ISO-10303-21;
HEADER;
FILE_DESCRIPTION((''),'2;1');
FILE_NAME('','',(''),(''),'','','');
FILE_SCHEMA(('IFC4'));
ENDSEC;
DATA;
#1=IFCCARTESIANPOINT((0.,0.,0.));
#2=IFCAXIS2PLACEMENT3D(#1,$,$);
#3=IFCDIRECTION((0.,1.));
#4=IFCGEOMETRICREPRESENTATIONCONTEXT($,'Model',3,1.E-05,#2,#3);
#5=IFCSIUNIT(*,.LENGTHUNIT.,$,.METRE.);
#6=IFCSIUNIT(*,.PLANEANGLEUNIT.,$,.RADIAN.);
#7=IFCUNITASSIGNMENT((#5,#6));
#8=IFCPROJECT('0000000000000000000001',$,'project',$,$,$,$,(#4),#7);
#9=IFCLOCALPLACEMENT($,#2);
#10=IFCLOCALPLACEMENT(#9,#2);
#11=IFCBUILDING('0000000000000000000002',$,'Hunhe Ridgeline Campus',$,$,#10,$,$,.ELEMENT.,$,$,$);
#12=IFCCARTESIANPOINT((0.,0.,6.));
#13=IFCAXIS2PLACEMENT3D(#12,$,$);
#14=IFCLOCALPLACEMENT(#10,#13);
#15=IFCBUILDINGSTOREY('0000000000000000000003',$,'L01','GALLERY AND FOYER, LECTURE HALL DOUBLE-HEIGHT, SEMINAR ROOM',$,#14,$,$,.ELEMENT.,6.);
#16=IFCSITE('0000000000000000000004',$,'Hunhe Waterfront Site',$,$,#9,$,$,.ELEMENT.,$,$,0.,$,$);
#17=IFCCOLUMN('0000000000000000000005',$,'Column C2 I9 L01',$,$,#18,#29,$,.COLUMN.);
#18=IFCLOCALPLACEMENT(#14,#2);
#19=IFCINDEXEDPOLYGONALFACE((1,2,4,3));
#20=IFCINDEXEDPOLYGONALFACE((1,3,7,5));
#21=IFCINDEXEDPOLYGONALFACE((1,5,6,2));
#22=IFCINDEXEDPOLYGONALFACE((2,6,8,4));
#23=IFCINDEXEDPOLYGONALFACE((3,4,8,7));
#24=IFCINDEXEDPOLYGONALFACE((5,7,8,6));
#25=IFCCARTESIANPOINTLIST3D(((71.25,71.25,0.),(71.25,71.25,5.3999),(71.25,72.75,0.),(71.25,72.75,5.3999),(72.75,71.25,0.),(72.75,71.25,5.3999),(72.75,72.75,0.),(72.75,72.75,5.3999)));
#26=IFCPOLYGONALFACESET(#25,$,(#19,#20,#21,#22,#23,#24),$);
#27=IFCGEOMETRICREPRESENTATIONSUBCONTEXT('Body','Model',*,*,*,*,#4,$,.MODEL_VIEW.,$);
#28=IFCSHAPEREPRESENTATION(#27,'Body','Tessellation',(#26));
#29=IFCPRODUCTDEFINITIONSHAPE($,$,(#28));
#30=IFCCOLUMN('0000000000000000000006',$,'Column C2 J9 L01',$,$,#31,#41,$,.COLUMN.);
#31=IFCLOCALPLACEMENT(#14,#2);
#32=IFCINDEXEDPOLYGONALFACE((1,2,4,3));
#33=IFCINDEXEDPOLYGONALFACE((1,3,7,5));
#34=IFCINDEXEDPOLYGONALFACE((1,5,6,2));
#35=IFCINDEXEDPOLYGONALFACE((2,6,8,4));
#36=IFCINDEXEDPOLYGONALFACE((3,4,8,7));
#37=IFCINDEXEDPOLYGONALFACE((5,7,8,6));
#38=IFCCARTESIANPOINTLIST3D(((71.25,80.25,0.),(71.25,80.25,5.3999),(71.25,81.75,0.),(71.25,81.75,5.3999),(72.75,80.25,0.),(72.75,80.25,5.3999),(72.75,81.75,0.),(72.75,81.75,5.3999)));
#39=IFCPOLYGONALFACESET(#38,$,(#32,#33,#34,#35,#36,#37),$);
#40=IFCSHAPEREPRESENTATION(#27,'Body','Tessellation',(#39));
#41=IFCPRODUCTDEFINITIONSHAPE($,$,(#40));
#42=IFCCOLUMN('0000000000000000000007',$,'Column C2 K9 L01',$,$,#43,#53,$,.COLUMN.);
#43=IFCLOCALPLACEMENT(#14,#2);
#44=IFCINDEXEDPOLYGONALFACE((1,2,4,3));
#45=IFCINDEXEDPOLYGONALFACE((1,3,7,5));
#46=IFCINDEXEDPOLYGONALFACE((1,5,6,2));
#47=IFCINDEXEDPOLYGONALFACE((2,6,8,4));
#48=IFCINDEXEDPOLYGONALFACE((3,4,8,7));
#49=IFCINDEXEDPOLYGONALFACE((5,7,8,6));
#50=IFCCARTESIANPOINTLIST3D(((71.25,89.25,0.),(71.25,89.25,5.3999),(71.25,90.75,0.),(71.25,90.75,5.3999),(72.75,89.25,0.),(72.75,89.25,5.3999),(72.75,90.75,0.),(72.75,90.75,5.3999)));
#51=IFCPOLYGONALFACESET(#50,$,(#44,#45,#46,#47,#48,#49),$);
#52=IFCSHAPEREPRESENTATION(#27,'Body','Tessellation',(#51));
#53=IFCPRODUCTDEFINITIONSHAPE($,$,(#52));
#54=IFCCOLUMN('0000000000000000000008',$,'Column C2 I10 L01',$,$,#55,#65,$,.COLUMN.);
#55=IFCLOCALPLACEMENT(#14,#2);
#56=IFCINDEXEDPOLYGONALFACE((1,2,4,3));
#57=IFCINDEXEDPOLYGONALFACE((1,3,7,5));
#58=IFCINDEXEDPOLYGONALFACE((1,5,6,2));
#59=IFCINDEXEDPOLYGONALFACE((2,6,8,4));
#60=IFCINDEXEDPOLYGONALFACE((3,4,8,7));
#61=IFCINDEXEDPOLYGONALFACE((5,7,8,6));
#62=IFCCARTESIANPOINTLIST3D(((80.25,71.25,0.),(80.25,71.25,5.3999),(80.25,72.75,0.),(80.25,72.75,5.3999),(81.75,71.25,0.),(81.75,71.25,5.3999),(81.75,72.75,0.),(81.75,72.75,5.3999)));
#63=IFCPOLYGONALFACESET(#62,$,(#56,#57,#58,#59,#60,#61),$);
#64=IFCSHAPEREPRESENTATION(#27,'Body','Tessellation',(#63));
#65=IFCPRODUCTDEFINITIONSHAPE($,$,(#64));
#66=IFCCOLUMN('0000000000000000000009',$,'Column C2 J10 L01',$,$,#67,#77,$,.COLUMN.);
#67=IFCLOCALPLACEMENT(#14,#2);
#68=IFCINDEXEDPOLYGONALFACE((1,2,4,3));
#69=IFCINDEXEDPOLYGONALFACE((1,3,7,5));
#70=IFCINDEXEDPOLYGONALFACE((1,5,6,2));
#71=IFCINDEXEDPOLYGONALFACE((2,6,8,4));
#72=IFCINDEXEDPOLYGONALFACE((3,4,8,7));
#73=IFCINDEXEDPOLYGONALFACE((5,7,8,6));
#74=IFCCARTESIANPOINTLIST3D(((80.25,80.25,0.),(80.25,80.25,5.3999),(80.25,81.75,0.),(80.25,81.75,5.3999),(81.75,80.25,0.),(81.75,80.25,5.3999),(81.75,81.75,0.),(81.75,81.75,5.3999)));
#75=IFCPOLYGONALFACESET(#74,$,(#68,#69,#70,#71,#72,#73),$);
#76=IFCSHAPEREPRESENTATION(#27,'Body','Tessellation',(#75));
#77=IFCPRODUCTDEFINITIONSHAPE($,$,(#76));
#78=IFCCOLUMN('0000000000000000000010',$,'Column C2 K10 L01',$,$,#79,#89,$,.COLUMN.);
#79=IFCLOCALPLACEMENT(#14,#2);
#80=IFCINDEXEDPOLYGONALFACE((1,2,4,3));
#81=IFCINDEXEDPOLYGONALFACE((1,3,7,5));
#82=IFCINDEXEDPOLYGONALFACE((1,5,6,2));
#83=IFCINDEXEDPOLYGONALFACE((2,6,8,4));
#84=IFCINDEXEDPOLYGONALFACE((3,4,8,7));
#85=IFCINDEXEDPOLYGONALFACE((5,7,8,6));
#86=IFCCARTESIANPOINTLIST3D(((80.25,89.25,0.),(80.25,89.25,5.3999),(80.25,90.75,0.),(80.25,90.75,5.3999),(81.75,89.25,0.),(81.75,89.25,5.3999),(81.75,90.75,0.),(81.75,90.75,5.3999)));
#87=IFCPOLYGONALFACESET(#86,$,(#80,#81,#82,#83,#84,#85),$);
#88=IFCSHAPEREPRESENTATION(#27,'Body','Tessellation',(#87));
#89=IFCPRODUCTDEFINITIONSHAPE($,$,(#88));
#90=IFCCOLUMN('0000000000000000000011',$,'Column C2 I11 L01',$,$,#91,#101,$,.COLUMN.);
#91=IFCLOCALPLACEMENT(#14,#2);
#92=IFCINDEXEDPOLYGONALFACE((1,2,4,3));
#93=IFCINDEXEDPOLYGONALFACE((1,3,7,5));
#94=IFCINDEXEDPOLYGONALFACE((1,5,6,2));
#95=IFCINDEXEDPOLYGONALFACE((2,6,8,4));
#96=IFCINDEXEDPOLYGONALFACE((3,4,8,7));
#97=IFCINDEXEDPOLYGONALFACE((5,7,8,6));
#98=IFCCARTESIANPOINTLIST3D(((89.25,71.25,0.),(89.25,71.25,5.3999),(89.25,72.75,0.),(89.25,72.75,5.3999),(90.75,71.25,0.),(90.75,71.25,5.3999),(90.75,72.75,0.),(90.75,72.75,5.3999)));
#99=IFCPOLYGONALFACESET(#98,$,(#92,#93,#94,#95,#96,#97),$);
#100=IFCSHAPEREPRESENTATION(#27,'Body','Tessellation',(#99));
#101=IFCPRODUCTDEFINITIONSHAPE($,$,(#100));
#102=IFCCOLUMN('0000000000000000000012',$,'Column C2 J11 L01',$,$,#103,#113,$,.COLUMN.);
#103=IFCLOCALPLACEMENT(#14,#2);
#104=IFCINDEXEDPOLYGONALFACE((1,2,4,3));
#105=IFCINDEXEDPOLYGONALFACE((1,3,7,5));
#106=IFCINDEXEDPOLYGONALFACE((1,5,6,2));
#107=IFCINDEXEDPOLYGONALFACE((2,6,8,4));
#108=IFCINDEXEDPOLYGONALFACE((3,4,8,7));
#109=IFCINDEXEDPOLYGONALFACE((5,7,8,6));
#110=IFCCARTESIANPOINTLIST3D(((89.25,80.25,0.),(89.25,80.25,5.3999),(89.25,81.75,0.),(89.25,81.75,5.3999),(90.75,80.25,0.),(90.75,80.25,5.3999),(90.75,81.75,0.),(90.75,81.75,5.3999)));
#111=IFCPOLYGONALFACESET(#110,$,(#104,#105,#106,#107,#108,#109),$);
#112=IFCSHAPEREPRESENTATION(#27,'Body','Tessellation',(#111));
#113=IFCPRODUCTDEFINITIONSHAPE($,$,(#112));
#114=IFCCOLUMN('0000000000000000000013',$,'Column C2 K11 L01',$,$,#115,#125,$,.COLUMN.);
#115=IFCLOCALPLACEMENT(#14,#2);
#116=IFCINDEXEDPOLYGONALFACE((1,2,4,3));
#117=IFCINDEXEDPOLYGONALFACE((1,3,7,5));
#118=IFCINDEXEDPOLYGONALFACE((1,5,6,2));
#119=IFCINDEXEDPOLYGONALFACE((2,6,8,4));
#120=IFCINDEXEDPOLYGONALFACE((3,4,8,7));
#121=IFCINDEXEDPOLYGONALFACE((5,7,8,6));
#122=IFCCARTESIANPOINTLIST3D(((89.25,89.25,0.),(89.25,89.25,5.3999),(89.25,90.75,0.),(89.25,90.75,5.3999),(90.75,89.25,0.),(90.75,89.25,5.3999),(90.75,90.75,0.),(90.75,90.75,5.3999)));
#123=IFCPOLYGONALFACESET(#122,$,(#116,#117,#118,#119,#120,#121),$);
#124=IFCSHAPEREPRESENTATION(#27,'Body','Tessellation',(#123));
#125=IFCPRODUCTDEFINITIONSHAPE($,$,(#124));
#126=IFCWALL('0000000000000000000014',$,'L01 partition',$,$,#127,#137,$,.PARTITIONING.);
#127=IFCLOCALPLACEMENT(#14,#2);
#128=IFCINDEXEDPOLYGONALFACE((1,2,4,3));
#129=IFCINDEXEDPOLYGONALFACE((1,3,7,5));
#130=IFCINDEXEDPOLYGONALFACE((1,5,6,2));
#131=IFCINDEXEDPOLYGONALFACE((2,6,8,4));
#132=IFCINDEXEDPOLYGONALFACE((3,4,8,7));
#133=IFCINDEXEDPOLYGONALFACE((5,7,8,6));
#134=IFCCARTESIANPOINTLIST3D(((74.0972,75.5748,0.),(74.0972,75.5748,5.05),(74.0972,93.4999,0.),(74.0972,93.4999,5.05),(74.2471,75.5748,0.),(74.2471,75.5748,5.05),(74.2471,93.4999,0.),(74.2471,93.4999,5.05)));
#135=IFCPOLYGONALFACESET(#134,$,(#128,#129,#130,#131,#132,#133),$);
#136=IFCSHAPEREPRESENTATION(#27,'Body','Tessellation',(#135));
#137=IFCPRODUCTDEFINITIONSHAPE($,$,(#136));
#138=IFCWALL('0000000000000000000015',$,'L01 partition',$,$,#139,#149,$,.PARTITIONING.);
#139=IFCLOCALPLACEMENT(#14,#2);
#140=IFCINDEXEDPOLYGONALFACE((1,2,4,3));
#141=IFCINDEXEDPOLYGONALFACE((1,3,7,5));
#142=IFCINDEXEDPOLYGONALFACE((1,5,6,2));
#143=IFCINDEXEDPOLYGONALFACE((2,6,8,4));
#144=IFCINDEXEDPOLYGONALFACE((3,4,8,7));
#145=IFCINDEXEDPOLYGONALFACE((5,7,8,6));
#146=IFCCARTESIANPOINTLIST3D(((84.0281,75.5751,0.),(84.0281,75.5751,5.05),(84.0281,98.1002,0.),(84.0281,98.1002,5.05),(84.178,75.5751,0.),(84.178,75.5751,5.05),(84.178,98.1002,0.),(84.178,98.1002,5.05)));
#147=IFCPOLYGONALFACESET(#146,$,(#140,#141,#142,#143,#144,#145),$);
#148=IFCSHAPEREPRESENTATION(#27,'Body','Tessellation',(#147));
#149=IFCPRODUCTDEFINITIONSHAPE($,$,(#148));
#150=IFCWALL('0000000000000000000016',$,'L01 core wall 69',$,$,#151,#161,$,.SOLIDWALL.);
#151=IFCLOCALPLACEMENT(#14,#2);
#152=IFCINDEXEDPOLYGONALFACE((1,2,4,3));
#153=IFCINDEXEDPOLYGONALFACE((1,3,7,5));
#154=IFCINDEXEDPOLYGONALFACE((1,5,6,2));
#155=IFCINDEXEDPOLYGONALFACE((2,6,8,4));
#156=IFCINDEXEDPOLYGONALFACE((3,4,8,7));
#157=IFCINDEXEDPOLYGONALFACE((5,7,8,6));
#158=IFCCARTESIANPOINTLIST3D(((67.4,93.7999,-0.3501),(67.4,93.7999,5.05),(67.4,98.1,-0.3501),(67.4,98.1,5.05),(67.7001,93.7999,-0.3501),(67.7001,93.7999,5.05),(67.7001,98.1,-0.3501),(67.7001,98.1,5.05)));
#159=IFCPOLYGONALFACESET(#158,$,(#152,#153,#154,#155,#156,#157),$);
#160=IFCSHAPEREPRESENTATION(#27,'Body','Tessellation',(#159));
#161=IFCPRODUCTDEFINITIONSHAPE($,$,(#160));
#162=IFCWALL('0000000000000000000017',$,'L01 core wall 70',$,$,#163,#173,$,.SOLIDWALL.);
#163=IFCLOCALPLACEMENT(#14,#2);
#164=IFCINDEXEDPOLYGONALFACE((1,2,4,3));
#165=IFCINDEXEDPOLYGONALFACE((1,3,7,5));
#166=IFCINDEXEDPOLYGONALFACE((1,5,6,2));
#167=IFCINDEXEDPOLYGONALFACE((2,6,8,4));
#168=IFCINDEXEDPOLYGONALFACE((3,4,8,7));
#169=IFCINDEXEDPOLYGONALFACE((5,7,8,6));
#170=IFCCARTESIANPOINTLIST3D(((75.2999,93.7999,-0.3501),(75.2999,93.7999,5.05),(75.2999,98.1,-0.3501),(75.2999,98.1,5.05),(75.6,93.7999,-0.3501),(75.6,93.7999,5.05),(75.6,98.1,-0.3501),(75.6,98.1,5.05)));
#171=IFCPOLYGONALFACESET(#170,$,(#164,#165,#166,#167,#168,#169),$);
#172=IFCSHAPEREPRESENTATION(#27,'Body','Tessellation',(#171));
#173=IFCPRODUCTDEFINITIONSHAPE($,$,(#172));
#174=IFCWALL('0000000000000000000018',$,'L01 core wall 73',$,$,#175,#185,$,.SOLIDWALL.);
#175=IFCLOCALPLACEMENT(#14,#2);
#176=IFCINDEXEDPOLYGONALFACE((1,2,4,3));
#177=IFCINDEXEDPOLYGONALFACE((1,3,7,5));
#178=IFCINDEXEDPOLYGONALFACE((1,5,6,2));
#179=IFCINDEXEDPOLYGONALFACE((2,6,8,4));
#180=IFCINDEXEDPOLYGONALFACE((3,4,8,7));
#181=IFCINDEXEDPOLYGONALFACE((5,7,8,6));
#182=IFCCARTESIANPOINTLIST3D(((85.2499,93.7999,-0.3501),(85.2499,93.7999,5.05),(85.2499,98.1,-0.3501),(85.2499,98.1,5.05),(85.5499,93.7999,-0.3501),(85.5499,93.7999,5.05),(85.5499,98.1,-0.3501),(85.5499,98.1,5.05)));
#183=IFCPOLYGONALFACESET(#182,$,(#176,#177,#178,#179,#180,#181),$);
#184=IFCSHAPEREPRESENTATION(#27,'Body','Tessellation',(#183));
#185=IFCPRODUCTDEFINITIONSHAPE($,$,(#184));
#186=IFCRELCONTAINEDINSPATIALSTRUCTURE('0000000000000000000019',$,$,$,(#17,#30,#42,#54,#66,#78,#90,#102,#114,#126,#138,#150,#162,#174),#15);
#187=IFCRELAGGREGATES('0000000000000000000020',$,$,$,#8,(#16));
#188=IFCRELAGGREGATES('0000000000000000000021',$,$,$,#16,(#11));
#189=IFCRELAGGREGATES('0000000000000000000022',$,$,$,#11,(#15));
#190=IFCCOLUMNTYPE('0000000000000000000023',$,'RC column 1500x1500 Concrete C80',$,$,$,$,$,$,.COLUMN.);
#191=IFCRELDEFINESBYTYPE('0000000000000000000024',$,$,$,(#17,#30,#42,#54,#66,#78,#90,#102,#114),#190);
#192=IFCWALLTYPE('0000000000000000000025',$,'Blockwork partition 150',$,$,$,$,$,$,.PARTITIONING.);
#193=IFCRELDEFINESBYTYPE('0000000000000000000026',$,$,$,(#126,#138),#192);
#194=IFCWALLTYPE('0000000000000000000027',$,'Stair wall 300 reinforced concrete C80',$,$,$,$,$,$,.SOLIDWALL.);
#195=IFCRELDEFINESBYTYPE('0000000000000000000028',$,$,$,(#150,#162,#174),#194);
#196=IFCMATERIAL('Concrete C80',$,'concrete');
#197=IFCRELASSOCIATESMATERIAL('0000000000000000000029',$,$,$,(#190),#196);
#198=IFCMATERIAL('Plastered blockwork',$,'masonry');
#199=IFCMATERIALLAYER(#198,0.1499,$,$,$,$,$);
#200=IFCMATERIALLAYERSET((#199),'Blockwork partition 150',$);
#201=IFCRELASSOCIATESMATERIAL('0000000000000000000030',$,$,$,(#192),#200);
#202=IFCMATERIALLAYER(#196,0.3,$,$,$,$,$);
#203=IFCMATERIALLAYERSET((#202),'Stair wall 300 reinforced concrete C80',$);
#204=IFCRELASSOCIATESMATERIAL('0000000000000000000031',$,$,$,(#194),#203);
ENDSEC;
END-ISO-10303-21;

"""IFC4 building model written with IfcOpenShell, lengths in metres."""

from ifc_helpers import new_model, si_unit, direction, frame, frame_2d, origin, origin_2d, place, context, subcontext, project, spatial, rectangle, extrude, material, layer, layer_set, material_profile, profile_set, type_object, element, save


model = new_model("IFC4")

# Units and contexts
model_context = context("Model", 3, precision=1e-05, world=origin(), true_north=direction((0.0, 1.0)))
body_context = subcontext(model_context, "Body", "Model", "MODEL_VIEW")
ifc_project = project(units=[si_unit("LENGTHUNIT", "METRE"), si_unit("PLANEANGLEUNIT", "RADIAN")], contexts=[model_context])

# Site, building, storey
site_placement = place(None, origin())
site = spatial("IfcSite", under=ifc_project, at=site_placement, Name="Hunhe Waterfront Site", CompositionType="ELEMENT", RefElevation=0.0)
building_placement = place(site_placement, origin())
building = spatial("IfcBuilding", under=site, at=building_placement, Name="Hunhe Ridgeline Campus", CompositionType="ELEMENT")
storey_placement = place(building_placement, frame((0.0, 0.0, 6.0)))
storey = spatial("IfcBuildingStorey", under=building, at=storey_placement, Name="L01", Description="GALLERY AND FOYER, LECTURE HALL DOUBLE-HEIGHT, SEMINAR ROOM", CompositionType="ELEMENT", Elevation=6.0)

# Columns
ifc_material_1 = material(Name="Concrete C80", Category="concrete")
ifc_material_profile = material_profile(ifc_material_1, rectangle(XDim=1.5, YDim=1.5, at=origin_2d()))
ifc_profile_set = profile_set([ifc_material_profile], Name="Concrete C80")
column_type = type_object("IfcColumnType", Name="RC column 1500x1500 Concrete C80", PredefinedType="COLUMN", material=ifc_profile_set)
for number, where, z_axis, x_axis, name in (
    (1, (72.0, 72.0, 0.0), (0.0, 0.0, 1.0), (1.0, 0.0, 0.0), "Column C2 I9 L01"),
    (2, (72.0, 81.0, 0.0), (0.0, 0.0, 1.0), (1.0, 0.0, 0.0), "Column C2 J9 L01"),
    (3, (72.0, 90.0, 0.0), (0.0, 0.0, 1.0), (1.0, 0.0, 0.0), "Column C2 K9 L01"),
    (4, (81.0, 72.0, 0.0), (0.0, 0.0, 1.0), (1.0, 0.0, 0.0), "Column C2 I10 L01"),
    (5, (81.0, 81.0, 0.0), (0.0, 0.0, 1.0), (1.0, 0.0, 0.0), "Column C2 J10 L01"),
    (6, (81.0, 90.0, 0.0), (0.0, 0.0, 1.0), (1.0, 0.0, 0.0), "Column C2 K10 L01"),
    (7, (90.0, 72.0, 0.0), (0.0, 0.0, 1.0), (1.0, 0.0, 0.0), "Column C2 I11 L01"),
    (8, (90.0, 81.0, 0.0), (0.0, 0.0, 1.0), (1.0, 0.0, 0.0), "Column C2 J11 L01"),
    (9, (90.0, 90.0, 0.0), (0.0, 0.0, 1.0), (1.0, 0.0, 0.0), "Column C2 K11 L01"),
):
    element("IfcColumn", number, at=place(storey_placement, frame(where, z_axis=z_axis, x_axis=x_axis)), inside=storey, type_object=column_type, Name=name, PredefinedType="COLUMN", context=body_context, shape_type="SweptSolid", body=[
        extrude(rectangle(XDim=1.5, YDim=1.5, at=origin_2d()), origin(), (0.0, 0.0, 1.0), 5.3999),
    ])

# Walls
ifc_material_2 = material(Name="Plastered blockwork", Category="masonry")
ifc_layer_1 = layer(ifc_material_2, 0.1499)
ifc_layer_set_1 = layer_set([ifc_layer_1], Name="Blockwork partition 150")
wall_type_1 = type_object("IfcWallType", Name="Blockwork partition 150", PredefinedType="PARTITIONING", material=ifc_layer_set_1)
wall_1_placement = place(storey_placement, frame((74.1721, 75.575, 0.0), z_axis=(0.0, 0.0, 1.0), x_axis=(0.0, 1.0, 0.0)))
element("IfcWall", 10, at=wall_1_placement, inside=storey, type_object=wall_type_1, Name="L01 partition", PredefinedType="PARTITIONING", context=body_context, shape_type="SweptSolid", body=[
    extrude(rectangle(XDim=17.925, YDim=0.1499, at=frame_2d((8.9624, 0.0))), origin(), (0.0, 0.0, 1.0), 5.05),
])
wall_2_placement = place(storey_placement, frame((84.103, 75.575, 0.0), z_axis=(0.0, 0.0, 1.0), x_axis=(0.0, 1.0, 0.0)))
element("IfcWall", 11, at=wall_2_placement, inside=storey, type_object=wall_type_1, Name="L01 partition", PredefinedType="PARTITIONING", context=body_context, shape_type="SweptSolid", body=[
    extrude(rectangle(XDim=22.5251, YDim=0.1499, at=frame_2d((11.2627, 0.0))), origin(), (0.0, 0.0, 1.0), 5.05),
])

# Shared definitions
ifc_layer_2 = layer(ifc_material_1, 0.3)
ifc_layer_set_2 = layer_set([ifc_layer_2], Name="Stair wall 300 reinforced concrete C80")
wall_type_2 = type_object("IfcWallType", Name="Stair wall 300 reinforced concrete C80", PredefinedType="SOLIDWALL", material=ifc_layer_set_2)

# Walls
for number, where, z_axis, x_axis, name in (
    (12, (67.55, 93.8, -0.3501), (0.0, 0.0, 1.0), (0.0, 1.0, 0.0), "L01 core wall 69"),
    (13, (75.45, 93.8, -0.3501), (0.0, 0.0, 1.0), (0.0, 1.0, 0.0), "L01 core wall 70"),
    (14, (85.3999, 93.8, -0.3501), (0.0, 0.0, 1.0), (0.0, 1.0, 0.0), "L01 core wall 73"),
):
    element("IfcWall", number, at=place(storey_placement, frame(where, z_axis=z_axis, x_axis=x_axis)), inside=storey, type_object=wall_type_2, Name=name, PredefinedType="SOLIDWALL", context=body_context, shape_type="SweptSolid", body=[
        extrude(rectangle(XDim=4.3, YDim=0.3, at=frame_2d((2.1499, 0.0))), origin(), (0.0, 0.0, 1.0), 5.4001),
    ])

save(model, "model.ifc")
